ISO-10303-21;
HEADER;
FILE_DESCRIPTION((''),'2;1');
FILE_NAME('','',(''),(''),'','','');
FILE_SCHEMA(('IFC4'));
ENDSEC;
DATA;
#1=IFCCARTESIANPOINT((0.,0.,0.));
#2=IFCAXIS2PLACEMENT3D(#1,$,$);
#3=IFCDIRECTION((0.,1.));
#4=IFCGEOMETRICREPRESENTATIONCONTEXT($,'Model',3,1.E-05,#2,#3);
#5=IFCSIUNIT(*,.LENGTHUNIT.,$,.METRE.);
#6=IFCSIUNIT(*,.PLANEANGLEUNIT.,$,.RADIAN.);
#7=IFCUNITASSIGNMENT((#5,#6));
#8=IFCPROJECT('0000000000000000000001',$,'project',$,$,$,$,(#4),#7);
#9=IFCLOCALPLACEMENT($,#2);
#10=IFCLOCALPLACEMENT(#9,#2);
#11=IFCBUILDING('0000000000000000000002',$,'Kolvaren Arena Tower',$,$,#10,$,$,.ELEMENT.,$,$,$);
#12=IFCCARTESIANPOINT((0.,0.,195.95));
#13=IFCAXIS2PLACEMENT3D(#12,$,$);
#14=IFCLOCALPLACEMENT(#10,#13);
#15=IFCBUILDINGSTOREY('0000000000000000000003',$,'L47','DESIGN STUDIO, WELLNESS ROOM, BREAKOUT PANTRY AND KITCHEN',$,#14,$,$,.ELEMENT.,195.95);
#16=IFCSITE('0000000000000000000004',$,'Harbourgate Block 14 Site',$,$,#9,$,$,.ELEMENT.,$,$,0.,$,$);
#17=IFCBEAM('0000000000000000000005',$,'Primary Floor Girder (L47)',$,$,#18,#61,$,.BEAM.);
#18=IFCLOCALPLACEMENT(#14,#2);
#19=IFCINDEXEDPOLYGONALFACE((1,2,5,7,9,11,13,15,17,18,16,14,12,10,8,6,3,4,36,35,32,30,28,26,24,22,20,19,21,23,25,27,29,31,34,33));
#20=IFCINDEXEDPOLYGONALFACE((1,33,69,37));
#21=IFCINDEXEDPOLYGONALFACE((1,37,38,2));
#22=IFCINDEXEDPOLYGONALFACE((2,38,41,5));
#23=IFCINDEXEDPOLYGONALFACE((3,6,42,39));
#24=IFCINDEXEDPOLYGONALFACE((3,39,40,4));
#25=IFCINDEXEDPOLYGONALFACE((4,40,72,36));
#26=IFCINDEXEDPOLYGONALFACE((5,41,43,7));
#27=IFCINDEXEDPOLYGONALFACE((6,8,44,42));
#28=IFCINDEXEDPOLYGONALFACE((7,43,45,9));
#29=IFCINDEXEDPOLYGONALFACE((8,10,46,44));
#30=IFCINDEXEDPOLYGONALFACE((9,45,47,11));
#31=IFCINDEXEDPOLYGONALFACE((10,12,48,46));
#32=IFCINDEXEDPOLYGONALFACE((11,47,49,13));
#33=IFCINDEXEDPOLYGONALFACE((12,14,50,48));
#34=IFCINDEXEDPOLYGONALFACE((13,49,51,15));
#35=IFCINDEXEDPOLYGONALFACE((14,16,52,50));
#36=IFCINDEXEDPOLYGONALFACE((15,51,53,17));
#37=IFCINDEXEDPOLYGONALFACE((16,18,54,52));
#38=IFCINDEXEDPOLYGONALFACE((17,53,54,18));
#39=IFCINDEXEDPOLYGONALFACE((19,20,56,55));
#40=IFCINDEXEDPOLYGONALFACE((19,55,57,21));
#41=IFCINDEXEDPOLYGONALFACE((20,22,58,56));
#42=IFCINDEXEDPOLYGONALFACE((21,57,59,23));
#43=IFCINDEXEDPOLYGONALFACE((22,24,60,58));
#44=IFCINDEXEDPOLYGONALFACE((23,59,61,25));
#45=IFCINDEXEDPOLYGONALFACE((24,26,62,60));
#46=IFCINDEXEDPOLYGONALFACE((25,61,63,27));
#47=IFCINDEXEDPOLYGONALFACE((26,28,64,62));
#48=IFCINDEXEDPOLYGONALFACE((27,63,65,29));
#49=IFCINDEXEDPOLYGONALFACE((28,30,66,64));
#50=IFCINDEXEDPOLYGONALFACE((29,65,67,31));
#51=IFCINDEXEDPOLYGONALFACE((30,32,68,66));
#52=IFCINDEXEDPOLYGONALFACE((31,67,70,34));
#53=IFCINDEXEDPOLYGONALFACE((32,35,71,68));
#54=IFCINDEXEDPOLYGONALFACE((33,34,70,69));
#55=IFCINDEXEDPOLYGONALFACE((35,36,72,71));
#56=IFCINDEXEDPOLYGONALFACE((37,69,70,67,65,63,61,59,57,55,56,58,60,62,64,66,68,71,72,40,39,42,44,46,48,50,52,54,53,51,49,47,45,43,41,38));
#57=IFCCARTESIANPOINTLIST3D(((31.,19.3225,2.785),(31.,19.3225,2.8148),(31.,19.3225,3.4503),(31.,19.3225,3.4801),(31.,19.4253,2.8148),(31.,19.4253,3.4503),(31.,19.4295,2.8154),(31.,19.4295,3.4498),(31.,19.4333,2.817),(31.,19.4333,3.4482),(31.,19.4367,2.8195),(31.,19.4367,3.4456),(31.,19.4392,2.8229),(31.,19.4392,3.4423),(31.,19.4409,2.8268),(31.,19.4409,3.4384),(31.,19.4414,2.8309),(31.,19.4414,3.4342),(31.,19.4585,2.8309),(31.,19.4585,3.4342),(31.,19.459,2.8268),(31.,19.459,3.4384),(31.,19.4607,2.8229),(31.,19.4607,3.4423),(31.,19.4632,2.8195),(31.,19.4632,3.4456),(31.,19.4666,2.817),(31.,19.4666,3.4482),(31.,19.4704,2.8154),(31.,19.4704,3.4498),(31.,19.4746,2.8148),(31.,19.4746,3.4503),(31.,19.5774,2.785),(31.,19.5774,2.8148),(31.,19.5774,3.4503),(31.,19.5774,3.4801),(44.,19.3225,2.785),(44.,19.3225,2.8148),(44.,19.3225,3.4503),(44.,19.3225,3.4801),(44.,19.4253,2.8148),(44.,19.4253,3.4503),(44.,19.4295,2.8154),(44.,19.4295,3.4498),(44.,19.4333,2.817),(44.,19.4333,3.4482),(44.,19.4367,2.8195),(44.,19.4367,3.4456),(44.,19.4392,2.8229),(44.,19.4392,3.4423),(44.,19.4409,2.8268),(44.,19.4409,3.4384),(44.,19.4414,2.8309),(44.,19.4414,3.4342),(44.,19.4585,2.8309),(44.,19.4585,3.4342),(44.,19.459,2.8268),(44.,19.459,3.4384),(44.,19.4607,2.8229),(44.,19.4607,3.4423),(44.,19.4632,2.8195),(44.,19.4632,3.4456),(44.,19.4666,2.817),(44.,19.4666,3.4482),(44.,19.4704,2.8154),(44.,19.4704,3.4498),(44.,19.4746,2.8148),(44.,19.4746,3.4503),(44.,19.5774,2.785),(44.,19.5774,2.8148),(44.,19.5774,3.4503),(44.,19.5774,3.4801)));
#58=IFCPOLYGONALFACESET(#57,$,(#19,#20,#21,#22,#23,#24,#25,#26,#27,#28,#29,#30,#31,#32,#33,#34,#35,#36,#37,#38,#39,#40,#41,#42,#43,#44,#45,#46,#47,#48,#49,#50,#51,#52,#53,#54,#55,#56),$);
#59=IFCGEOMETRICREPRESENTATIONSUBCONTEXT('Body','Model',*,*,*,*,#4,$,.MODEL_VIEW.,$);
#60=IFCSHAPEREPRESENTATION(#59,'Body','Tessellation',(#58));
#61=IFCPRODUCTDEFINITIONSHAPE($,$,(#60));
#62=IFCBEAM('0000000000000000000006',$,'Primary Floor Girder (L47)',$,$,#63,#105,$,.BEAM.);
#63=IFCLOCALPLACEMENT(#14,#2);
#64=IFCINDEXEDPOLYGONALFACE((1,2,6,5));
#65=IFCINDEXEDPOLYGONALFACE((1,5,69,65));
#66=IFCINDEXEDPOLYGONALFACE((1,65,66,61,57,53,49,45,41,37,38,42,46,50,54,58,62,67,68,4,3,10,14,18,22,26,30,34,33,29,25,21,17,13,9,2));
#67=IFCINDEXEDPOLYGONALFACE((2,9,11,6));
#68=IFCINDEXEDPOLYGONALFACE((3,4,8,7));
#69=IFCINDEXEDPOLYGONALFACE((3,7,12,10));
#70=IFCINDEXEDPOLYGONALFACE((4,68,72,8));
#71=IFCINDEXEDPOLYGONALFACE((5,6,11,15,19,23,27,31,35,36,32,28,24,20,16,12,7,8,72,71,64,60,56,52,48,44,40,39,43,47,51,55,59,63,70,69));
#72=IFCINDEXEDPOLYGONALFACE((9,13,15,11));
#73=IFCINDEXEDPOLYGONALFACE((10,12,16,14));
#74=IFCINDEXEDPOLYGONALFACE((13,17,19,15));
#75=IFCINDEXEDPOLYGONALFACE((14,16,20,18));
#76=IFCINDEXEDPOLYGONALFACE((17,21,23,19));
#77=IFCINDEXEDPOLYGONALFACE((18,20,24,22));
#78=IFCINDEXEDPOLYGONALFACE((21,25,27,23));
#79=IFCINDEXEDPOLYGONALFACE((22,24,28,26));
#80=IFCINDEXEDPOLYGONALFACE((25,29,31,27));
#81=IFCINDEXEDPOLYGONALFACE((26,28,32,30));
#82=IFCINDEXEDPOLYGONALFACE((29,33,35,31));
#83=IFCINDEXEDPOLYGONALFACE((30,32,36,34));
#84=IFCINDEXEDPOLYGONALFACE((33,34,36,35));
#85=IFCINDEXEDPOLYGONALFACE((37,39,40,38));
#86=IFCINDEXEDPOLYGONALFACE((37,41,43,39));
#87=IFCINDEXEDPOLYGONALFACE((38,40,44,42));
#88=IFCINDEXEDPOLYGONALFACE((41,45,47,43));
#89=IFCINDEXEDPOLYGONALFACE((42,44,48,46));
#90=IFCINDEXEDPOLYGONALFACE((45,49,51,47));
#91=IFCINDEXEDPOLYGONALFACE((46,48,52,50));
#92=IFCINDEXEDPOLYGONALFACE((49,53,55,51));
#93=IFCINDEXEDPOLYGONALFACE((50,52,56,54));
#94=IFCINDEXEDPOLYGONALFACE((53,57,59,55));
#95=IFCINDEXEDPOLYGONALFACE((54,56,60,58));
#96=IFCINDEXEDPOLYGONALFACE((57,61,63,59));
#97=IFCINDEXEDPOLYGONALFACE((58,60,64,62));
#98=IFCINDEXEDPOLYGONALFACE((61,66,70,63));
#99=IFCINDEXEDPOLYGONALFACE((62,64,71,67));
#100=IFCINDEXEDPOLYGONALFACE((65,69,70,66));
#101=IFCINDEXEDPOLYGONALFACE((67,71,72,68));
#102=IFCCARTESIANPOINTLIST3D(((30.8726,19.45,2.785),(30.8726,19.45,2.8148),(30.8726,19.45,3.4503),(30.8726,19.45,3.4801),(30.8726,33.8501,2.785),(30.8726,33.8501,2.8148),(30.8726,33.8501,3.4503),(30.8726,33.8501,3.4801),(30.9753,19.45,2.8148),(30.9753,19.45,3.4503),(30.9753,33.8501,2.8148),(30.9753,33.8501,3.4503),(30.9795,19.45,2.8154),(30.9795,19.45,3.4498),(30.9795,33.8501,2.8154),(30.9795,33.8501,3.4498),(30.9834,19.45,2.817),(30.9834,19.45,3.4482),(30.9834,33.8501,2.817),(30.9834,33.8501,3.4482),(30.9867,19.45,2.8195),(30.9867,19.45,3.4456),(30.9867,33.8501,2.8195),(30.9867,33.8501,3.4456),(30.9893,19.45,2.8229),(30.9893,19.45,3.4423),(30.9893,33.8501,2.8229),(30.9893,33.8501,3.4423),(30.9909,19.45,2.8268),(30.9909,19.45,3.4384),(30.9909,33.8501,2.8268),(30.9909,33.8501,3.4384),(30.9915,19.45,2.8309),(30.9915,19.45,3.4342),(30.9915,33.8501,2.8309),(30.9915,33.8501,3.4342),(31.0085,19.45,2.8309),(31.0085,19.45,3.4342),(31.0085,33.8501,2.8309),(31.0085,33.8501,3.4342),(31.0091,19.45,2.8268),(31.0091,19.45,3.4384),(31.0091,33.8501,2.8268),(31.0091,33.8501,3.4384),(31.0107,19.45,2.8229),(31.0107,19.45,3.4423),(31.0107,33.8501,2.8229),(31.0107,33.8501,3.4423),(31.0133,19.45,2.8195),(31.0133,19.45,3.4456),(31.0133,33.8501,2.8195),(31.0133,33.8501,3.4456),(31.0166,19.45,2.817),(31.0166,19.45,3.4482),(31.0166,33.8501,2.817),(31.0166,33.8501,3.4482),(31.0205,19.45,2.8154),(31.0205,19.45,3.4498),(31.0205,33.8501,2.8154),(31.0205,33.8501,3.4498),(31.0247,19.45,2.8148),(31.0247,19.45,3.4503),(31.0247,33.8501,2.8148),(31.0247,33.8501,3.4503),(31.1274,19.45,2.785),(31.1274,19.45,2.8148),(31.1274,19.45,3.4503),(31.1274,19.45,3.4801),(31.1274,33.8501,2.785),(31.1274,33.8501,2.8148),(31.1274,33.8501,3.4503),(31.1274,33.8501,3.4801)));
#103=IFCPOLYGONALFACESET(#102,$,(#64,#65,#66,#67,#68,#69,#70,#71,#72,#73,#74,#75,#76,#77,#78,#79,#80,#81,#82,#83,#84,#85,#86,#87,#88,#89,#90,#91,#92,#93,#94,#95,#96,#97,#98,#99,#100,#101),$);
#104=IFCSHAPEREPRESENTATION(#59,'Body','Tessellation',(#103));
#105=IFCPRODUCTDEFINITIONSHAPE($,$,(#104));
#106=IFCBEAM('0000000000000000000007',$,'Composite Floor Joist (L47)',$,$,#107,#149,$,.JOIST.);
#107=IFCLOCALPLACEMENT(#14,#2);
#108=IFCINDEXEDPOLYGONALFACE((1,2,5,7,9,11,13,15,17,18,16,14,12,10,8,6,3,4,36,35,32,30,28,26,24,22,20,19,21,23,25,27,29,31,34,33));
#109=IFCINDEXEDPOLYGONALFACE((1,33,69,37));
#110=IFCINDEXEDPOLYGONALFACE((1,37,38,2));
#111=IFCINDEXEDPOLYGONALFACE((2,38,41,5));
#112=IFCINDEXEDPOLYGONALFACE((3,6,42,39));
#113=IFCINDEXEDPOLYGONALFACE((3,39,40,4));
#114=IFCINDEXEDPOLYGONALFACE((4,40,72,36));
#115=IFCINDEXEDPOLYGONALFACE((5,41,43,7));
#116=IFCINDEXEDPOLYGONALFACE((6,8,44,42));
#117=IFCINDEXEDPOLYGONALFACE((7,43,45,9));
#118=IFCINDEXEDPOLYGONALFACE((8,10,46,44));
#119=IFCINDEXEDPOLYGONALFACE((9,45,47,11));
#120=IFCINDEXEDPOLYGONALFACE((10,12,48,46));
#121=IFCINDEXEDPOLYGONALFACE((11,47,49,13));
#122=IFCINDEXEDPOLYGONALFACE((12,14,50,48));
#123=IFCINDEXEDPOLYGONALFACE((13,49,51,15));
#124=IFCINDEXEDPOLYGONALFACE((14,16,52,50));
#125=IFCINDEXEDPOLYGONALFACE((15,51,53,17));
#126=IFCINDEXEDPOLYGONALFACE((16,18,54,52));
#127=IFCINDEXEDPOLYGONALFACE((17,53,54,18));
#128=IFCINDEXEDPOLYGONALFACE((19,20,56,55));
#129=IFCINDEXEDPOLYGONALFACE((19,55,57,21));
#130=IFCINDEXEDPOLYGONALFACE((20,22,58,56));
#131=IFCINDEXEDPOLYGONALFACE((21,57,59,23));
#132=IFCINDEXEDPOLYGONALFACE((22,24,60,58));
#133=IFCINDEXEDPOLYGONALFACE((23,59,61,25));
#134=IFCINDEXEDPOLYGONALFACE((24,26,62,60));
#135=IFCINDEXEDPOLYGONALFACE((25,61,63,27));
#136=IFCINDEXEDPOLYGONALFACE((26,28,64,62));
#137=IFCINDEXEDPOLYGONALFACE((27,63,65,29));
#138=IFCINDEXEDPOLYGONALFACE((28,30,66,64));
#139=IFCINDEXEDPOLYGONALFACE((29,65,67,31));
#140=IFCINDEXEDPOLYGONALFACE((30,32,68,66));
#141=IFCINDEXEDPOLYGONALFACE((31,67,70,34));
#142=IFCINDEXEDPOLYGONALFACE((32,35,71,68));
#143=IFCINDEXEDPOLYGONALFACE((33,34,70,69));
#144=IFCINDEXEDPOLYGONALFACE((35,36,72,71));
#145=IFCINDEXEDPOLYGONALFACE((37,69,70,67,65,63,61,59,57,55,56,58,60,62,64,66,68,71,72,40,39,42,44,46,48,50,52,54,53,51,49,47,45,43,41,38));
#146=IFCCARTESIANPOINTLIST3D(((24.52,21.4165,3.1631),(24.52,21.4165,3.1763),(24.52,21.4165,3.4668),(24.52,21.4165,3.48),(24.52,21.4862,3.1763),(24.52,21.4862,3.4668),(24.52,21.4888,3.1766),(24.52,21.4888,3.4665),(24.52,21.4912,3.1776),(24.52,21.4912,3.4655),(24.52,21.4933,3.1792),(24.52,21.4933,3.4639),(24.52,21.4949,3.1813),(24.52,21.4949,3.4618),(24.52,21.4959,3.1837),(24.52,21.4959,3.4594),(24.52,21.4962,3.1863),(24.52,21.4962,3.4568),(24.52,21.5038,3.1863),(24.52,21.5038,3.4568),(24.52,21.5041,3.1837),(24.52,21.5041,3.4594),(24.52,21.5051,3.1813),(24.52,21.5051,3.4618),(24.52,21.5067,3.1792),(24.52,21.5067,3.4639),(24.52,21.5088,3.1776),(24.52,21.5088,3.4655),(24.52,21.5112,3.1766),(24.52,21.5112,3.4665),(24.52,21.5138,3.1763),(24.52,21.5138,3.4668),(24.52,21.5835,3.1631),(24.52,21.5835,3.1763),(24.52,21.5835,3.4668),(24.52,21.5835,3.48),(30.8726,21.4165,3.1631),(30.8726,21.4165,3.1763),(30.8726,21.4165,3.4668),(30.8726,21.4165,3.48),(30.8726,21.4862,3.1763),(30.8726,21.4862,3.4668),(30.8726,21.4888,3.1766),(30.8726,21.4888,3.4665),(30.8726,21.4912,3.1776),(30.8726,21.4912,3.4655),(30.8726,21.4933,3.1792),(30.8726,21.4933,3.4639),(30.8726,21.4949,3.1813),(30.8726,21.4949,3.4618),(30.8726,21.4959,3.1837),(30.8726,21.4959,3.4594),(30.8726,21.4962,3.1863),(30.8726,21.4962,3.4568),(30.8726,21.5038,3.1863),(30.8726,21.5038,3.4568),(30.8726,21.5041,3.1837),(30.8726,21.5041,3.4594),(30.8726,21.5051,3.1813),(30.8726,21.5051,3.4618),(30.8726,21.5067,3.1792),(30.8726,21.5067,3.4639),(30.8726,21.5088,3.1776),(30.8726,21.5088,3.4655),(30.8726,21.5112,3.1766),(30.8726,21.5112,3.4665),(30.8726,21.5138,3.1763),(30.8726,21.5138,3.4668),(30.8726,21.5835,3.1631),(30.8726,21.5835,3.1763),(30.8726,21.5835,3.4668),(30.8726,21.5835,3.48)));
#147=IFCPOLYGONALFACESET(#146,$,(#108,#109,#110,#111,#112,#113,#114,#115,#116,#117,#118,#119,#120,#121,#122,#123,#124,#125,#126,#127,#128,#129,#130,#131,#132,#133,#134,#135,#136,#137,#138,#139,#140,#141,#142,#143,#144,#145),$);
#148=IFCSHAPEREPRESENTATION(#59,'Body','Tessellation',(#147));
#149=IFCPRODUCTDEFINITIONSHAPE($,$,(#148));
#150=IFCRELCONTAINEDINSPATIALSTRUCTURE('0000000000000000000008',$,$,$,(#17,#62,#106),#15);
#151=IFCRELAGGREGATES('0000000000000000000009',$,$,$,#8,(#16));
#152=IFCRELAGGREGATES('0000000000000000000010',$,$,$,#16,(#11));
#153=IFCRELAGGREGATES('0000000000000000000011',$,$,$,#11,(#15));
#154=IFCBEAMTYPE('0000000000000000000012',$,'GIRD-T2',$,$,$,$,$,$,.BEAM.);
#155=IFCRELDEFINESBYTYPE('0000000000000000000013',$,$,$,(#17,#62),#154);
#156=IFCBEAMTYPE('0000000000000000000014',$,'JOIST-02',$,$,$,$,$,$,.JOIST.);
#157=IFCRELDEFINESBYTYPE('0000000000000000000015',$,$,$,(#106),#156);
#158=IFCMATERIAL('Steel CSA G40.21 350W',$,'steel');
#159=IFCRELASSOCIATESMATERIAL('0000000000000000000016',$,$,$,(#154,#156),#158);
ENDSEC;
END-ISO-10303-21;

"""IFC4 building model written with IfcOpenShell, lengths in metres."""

from ifc_helpers import new_model, si_unit, direction, frame, origin, origin_2d, place, context, subcontext, project, spatial, i_section, extrude, material, material_profile, profile_set, type_object, element, save


model = new_model("IFC4")

# Units and contexts
model_context = context("Model", 3, precision=1e-05, world=origin(), true_north=direction((0.0, 1.0)))
body_context = subcontext(model_context, "Body", "Model", "MODEL_VIEW")
ifc_project = project(units=[si_unit("LENGTHUNIT", "METRE"), si_unit("PLANEANGLEUNIT", "RADIAN")], contexts=[model_context])

# Site, building, storey
site_placement = place(None, origin())
site = spatial("IfcSite", under=ifc_project, at=site_placement, Name="Harbourgate Block 14 Site", CompositionType="ELEMENT", RefElevation=0.0)
building_placement = place(site_placement, origin())
building = spatial("IfcBuilding", under=site, at=building_placement, Name="Kolvaren Arena Tower", CompositionType="ELEMENT")
storey_placement = place(building_placement, frame((0.0, 0.0, 195.95)))
storey = spatial("IfcBuildingStorey", under=building, at=storey_placement, Name="L47", Description="DESIGN STUDIO, WELLNESS ROOM, BREAKOUT PANTRY AND KITCHEN", CompositionType="ELEMENT", Elevation=195.95)

# Beams
ifc_material_1 = material(Name="Steel CSA G40.21 350W", Category="steel")
ifc_material_profile_1 = material_profile(ifc_material_1, i_section(OverallWidth=0.2549, OverallDepth=0.6951, WebThickness=0.0171, FlangeThickness=0.0298, FilletRadius=0.0161, at=origin_2d()), Name="W690x217")
ifc_profile_set_1 = profile_set([ifc_material_profile_1], Name="Steel CSA G40.21 350W")
beam_type_1 = type_object("IfcBeamType", Name="GIRD-T2", PredefinedType="BEAM", material=ifc_profile_set_1)
beam_1_placement = place(storey_placement, frame((31.0, 19.45, 3.1326), z_axis=(1.0, 0.0, 0.0), x_axis=(0.0, 1.0, 0.0)))
element("IfcBeam", 1, at=beam_1_placement, inside=storey, type_object=beam_type_1, Name="Primary Floor Girder (L47)", PredefinedType="BEAM", context=body_context, shape_type="SweptSolid", body=[
    extrude(i_section(OverallWidth=0.2549, OverallDepth=0.6951, WebThickness=0.0171, FlangeThickness=0.0298, FilletRadius=0.0161, at=origin_2d()), origin(), (0.0, 0.0, 1.0), 13.0),
])
beam_2_placement = place(storey_placement, frame((31.0, 19.45, 3.1326), z_axis=(0.0, 1.0, 0.0), x_axis=(-1.0, 0.0, 0.0)))
element("IfcBeam", 2, at=beam_2_placement, inside=storey, type_object=beam_type_1, Name="Primary Floor Girder (L47)", PredefinedType="BEAM", context=body_context, shape_type="SweptSolid", body=[
    extrude(i_section(OverallWidth=0.2549, OverallDepth=0.6951, WebThickness=0.0171, FlangeThickness=0.0298, FilletRadius=0.0161, at=origin_2d()), origin(), (0.0, 0.0, 1.0), 14.4001),
])
ifc_material_profile_2 = material_profile(ifc_material_1, i_section(OverallWidth=0.167, OverallDepth=0.3169, WebThickness=0.0076, FlangeThickness=0.0132, FilletRadius=0.01, at=origin_2d()), Name="W310x52")
ifc_profile_set_2 = profile_set([ifc_material_profile_2], Name="Steel CSA G40.21 350W")
beam_type_2 = type_object("IfcBeamType", Name="JOIST-02", PredefinedType="JOIST", material=ifc_profile_set_2)
beam_3_placement = place(storey_placement, frame((24.52, 21.5, 3.3215), z_axis=(1.0, 0.0, 0.0), x_axis=(0.0, 1.0, 0.0)))
element("IfcBeam", 3, at=beam_3_placement, inside=storey, type_object=beam_type_2, Name="Composite Floor Joist (L47)", PredefinedType="JOIST", context=body_context, shape_type="SweptSolid", body=[
    extrude(i_section(OverallWidth=0.167, OverallDepth=0.3169, WebThickness=0.0076, FlangeThickness=0.0132, FilletRadius=0.01, at=origin_2d()), origin(), (0.0, 0.0, 1.0), 6.3525),
])

save(model, "model.ifc")
